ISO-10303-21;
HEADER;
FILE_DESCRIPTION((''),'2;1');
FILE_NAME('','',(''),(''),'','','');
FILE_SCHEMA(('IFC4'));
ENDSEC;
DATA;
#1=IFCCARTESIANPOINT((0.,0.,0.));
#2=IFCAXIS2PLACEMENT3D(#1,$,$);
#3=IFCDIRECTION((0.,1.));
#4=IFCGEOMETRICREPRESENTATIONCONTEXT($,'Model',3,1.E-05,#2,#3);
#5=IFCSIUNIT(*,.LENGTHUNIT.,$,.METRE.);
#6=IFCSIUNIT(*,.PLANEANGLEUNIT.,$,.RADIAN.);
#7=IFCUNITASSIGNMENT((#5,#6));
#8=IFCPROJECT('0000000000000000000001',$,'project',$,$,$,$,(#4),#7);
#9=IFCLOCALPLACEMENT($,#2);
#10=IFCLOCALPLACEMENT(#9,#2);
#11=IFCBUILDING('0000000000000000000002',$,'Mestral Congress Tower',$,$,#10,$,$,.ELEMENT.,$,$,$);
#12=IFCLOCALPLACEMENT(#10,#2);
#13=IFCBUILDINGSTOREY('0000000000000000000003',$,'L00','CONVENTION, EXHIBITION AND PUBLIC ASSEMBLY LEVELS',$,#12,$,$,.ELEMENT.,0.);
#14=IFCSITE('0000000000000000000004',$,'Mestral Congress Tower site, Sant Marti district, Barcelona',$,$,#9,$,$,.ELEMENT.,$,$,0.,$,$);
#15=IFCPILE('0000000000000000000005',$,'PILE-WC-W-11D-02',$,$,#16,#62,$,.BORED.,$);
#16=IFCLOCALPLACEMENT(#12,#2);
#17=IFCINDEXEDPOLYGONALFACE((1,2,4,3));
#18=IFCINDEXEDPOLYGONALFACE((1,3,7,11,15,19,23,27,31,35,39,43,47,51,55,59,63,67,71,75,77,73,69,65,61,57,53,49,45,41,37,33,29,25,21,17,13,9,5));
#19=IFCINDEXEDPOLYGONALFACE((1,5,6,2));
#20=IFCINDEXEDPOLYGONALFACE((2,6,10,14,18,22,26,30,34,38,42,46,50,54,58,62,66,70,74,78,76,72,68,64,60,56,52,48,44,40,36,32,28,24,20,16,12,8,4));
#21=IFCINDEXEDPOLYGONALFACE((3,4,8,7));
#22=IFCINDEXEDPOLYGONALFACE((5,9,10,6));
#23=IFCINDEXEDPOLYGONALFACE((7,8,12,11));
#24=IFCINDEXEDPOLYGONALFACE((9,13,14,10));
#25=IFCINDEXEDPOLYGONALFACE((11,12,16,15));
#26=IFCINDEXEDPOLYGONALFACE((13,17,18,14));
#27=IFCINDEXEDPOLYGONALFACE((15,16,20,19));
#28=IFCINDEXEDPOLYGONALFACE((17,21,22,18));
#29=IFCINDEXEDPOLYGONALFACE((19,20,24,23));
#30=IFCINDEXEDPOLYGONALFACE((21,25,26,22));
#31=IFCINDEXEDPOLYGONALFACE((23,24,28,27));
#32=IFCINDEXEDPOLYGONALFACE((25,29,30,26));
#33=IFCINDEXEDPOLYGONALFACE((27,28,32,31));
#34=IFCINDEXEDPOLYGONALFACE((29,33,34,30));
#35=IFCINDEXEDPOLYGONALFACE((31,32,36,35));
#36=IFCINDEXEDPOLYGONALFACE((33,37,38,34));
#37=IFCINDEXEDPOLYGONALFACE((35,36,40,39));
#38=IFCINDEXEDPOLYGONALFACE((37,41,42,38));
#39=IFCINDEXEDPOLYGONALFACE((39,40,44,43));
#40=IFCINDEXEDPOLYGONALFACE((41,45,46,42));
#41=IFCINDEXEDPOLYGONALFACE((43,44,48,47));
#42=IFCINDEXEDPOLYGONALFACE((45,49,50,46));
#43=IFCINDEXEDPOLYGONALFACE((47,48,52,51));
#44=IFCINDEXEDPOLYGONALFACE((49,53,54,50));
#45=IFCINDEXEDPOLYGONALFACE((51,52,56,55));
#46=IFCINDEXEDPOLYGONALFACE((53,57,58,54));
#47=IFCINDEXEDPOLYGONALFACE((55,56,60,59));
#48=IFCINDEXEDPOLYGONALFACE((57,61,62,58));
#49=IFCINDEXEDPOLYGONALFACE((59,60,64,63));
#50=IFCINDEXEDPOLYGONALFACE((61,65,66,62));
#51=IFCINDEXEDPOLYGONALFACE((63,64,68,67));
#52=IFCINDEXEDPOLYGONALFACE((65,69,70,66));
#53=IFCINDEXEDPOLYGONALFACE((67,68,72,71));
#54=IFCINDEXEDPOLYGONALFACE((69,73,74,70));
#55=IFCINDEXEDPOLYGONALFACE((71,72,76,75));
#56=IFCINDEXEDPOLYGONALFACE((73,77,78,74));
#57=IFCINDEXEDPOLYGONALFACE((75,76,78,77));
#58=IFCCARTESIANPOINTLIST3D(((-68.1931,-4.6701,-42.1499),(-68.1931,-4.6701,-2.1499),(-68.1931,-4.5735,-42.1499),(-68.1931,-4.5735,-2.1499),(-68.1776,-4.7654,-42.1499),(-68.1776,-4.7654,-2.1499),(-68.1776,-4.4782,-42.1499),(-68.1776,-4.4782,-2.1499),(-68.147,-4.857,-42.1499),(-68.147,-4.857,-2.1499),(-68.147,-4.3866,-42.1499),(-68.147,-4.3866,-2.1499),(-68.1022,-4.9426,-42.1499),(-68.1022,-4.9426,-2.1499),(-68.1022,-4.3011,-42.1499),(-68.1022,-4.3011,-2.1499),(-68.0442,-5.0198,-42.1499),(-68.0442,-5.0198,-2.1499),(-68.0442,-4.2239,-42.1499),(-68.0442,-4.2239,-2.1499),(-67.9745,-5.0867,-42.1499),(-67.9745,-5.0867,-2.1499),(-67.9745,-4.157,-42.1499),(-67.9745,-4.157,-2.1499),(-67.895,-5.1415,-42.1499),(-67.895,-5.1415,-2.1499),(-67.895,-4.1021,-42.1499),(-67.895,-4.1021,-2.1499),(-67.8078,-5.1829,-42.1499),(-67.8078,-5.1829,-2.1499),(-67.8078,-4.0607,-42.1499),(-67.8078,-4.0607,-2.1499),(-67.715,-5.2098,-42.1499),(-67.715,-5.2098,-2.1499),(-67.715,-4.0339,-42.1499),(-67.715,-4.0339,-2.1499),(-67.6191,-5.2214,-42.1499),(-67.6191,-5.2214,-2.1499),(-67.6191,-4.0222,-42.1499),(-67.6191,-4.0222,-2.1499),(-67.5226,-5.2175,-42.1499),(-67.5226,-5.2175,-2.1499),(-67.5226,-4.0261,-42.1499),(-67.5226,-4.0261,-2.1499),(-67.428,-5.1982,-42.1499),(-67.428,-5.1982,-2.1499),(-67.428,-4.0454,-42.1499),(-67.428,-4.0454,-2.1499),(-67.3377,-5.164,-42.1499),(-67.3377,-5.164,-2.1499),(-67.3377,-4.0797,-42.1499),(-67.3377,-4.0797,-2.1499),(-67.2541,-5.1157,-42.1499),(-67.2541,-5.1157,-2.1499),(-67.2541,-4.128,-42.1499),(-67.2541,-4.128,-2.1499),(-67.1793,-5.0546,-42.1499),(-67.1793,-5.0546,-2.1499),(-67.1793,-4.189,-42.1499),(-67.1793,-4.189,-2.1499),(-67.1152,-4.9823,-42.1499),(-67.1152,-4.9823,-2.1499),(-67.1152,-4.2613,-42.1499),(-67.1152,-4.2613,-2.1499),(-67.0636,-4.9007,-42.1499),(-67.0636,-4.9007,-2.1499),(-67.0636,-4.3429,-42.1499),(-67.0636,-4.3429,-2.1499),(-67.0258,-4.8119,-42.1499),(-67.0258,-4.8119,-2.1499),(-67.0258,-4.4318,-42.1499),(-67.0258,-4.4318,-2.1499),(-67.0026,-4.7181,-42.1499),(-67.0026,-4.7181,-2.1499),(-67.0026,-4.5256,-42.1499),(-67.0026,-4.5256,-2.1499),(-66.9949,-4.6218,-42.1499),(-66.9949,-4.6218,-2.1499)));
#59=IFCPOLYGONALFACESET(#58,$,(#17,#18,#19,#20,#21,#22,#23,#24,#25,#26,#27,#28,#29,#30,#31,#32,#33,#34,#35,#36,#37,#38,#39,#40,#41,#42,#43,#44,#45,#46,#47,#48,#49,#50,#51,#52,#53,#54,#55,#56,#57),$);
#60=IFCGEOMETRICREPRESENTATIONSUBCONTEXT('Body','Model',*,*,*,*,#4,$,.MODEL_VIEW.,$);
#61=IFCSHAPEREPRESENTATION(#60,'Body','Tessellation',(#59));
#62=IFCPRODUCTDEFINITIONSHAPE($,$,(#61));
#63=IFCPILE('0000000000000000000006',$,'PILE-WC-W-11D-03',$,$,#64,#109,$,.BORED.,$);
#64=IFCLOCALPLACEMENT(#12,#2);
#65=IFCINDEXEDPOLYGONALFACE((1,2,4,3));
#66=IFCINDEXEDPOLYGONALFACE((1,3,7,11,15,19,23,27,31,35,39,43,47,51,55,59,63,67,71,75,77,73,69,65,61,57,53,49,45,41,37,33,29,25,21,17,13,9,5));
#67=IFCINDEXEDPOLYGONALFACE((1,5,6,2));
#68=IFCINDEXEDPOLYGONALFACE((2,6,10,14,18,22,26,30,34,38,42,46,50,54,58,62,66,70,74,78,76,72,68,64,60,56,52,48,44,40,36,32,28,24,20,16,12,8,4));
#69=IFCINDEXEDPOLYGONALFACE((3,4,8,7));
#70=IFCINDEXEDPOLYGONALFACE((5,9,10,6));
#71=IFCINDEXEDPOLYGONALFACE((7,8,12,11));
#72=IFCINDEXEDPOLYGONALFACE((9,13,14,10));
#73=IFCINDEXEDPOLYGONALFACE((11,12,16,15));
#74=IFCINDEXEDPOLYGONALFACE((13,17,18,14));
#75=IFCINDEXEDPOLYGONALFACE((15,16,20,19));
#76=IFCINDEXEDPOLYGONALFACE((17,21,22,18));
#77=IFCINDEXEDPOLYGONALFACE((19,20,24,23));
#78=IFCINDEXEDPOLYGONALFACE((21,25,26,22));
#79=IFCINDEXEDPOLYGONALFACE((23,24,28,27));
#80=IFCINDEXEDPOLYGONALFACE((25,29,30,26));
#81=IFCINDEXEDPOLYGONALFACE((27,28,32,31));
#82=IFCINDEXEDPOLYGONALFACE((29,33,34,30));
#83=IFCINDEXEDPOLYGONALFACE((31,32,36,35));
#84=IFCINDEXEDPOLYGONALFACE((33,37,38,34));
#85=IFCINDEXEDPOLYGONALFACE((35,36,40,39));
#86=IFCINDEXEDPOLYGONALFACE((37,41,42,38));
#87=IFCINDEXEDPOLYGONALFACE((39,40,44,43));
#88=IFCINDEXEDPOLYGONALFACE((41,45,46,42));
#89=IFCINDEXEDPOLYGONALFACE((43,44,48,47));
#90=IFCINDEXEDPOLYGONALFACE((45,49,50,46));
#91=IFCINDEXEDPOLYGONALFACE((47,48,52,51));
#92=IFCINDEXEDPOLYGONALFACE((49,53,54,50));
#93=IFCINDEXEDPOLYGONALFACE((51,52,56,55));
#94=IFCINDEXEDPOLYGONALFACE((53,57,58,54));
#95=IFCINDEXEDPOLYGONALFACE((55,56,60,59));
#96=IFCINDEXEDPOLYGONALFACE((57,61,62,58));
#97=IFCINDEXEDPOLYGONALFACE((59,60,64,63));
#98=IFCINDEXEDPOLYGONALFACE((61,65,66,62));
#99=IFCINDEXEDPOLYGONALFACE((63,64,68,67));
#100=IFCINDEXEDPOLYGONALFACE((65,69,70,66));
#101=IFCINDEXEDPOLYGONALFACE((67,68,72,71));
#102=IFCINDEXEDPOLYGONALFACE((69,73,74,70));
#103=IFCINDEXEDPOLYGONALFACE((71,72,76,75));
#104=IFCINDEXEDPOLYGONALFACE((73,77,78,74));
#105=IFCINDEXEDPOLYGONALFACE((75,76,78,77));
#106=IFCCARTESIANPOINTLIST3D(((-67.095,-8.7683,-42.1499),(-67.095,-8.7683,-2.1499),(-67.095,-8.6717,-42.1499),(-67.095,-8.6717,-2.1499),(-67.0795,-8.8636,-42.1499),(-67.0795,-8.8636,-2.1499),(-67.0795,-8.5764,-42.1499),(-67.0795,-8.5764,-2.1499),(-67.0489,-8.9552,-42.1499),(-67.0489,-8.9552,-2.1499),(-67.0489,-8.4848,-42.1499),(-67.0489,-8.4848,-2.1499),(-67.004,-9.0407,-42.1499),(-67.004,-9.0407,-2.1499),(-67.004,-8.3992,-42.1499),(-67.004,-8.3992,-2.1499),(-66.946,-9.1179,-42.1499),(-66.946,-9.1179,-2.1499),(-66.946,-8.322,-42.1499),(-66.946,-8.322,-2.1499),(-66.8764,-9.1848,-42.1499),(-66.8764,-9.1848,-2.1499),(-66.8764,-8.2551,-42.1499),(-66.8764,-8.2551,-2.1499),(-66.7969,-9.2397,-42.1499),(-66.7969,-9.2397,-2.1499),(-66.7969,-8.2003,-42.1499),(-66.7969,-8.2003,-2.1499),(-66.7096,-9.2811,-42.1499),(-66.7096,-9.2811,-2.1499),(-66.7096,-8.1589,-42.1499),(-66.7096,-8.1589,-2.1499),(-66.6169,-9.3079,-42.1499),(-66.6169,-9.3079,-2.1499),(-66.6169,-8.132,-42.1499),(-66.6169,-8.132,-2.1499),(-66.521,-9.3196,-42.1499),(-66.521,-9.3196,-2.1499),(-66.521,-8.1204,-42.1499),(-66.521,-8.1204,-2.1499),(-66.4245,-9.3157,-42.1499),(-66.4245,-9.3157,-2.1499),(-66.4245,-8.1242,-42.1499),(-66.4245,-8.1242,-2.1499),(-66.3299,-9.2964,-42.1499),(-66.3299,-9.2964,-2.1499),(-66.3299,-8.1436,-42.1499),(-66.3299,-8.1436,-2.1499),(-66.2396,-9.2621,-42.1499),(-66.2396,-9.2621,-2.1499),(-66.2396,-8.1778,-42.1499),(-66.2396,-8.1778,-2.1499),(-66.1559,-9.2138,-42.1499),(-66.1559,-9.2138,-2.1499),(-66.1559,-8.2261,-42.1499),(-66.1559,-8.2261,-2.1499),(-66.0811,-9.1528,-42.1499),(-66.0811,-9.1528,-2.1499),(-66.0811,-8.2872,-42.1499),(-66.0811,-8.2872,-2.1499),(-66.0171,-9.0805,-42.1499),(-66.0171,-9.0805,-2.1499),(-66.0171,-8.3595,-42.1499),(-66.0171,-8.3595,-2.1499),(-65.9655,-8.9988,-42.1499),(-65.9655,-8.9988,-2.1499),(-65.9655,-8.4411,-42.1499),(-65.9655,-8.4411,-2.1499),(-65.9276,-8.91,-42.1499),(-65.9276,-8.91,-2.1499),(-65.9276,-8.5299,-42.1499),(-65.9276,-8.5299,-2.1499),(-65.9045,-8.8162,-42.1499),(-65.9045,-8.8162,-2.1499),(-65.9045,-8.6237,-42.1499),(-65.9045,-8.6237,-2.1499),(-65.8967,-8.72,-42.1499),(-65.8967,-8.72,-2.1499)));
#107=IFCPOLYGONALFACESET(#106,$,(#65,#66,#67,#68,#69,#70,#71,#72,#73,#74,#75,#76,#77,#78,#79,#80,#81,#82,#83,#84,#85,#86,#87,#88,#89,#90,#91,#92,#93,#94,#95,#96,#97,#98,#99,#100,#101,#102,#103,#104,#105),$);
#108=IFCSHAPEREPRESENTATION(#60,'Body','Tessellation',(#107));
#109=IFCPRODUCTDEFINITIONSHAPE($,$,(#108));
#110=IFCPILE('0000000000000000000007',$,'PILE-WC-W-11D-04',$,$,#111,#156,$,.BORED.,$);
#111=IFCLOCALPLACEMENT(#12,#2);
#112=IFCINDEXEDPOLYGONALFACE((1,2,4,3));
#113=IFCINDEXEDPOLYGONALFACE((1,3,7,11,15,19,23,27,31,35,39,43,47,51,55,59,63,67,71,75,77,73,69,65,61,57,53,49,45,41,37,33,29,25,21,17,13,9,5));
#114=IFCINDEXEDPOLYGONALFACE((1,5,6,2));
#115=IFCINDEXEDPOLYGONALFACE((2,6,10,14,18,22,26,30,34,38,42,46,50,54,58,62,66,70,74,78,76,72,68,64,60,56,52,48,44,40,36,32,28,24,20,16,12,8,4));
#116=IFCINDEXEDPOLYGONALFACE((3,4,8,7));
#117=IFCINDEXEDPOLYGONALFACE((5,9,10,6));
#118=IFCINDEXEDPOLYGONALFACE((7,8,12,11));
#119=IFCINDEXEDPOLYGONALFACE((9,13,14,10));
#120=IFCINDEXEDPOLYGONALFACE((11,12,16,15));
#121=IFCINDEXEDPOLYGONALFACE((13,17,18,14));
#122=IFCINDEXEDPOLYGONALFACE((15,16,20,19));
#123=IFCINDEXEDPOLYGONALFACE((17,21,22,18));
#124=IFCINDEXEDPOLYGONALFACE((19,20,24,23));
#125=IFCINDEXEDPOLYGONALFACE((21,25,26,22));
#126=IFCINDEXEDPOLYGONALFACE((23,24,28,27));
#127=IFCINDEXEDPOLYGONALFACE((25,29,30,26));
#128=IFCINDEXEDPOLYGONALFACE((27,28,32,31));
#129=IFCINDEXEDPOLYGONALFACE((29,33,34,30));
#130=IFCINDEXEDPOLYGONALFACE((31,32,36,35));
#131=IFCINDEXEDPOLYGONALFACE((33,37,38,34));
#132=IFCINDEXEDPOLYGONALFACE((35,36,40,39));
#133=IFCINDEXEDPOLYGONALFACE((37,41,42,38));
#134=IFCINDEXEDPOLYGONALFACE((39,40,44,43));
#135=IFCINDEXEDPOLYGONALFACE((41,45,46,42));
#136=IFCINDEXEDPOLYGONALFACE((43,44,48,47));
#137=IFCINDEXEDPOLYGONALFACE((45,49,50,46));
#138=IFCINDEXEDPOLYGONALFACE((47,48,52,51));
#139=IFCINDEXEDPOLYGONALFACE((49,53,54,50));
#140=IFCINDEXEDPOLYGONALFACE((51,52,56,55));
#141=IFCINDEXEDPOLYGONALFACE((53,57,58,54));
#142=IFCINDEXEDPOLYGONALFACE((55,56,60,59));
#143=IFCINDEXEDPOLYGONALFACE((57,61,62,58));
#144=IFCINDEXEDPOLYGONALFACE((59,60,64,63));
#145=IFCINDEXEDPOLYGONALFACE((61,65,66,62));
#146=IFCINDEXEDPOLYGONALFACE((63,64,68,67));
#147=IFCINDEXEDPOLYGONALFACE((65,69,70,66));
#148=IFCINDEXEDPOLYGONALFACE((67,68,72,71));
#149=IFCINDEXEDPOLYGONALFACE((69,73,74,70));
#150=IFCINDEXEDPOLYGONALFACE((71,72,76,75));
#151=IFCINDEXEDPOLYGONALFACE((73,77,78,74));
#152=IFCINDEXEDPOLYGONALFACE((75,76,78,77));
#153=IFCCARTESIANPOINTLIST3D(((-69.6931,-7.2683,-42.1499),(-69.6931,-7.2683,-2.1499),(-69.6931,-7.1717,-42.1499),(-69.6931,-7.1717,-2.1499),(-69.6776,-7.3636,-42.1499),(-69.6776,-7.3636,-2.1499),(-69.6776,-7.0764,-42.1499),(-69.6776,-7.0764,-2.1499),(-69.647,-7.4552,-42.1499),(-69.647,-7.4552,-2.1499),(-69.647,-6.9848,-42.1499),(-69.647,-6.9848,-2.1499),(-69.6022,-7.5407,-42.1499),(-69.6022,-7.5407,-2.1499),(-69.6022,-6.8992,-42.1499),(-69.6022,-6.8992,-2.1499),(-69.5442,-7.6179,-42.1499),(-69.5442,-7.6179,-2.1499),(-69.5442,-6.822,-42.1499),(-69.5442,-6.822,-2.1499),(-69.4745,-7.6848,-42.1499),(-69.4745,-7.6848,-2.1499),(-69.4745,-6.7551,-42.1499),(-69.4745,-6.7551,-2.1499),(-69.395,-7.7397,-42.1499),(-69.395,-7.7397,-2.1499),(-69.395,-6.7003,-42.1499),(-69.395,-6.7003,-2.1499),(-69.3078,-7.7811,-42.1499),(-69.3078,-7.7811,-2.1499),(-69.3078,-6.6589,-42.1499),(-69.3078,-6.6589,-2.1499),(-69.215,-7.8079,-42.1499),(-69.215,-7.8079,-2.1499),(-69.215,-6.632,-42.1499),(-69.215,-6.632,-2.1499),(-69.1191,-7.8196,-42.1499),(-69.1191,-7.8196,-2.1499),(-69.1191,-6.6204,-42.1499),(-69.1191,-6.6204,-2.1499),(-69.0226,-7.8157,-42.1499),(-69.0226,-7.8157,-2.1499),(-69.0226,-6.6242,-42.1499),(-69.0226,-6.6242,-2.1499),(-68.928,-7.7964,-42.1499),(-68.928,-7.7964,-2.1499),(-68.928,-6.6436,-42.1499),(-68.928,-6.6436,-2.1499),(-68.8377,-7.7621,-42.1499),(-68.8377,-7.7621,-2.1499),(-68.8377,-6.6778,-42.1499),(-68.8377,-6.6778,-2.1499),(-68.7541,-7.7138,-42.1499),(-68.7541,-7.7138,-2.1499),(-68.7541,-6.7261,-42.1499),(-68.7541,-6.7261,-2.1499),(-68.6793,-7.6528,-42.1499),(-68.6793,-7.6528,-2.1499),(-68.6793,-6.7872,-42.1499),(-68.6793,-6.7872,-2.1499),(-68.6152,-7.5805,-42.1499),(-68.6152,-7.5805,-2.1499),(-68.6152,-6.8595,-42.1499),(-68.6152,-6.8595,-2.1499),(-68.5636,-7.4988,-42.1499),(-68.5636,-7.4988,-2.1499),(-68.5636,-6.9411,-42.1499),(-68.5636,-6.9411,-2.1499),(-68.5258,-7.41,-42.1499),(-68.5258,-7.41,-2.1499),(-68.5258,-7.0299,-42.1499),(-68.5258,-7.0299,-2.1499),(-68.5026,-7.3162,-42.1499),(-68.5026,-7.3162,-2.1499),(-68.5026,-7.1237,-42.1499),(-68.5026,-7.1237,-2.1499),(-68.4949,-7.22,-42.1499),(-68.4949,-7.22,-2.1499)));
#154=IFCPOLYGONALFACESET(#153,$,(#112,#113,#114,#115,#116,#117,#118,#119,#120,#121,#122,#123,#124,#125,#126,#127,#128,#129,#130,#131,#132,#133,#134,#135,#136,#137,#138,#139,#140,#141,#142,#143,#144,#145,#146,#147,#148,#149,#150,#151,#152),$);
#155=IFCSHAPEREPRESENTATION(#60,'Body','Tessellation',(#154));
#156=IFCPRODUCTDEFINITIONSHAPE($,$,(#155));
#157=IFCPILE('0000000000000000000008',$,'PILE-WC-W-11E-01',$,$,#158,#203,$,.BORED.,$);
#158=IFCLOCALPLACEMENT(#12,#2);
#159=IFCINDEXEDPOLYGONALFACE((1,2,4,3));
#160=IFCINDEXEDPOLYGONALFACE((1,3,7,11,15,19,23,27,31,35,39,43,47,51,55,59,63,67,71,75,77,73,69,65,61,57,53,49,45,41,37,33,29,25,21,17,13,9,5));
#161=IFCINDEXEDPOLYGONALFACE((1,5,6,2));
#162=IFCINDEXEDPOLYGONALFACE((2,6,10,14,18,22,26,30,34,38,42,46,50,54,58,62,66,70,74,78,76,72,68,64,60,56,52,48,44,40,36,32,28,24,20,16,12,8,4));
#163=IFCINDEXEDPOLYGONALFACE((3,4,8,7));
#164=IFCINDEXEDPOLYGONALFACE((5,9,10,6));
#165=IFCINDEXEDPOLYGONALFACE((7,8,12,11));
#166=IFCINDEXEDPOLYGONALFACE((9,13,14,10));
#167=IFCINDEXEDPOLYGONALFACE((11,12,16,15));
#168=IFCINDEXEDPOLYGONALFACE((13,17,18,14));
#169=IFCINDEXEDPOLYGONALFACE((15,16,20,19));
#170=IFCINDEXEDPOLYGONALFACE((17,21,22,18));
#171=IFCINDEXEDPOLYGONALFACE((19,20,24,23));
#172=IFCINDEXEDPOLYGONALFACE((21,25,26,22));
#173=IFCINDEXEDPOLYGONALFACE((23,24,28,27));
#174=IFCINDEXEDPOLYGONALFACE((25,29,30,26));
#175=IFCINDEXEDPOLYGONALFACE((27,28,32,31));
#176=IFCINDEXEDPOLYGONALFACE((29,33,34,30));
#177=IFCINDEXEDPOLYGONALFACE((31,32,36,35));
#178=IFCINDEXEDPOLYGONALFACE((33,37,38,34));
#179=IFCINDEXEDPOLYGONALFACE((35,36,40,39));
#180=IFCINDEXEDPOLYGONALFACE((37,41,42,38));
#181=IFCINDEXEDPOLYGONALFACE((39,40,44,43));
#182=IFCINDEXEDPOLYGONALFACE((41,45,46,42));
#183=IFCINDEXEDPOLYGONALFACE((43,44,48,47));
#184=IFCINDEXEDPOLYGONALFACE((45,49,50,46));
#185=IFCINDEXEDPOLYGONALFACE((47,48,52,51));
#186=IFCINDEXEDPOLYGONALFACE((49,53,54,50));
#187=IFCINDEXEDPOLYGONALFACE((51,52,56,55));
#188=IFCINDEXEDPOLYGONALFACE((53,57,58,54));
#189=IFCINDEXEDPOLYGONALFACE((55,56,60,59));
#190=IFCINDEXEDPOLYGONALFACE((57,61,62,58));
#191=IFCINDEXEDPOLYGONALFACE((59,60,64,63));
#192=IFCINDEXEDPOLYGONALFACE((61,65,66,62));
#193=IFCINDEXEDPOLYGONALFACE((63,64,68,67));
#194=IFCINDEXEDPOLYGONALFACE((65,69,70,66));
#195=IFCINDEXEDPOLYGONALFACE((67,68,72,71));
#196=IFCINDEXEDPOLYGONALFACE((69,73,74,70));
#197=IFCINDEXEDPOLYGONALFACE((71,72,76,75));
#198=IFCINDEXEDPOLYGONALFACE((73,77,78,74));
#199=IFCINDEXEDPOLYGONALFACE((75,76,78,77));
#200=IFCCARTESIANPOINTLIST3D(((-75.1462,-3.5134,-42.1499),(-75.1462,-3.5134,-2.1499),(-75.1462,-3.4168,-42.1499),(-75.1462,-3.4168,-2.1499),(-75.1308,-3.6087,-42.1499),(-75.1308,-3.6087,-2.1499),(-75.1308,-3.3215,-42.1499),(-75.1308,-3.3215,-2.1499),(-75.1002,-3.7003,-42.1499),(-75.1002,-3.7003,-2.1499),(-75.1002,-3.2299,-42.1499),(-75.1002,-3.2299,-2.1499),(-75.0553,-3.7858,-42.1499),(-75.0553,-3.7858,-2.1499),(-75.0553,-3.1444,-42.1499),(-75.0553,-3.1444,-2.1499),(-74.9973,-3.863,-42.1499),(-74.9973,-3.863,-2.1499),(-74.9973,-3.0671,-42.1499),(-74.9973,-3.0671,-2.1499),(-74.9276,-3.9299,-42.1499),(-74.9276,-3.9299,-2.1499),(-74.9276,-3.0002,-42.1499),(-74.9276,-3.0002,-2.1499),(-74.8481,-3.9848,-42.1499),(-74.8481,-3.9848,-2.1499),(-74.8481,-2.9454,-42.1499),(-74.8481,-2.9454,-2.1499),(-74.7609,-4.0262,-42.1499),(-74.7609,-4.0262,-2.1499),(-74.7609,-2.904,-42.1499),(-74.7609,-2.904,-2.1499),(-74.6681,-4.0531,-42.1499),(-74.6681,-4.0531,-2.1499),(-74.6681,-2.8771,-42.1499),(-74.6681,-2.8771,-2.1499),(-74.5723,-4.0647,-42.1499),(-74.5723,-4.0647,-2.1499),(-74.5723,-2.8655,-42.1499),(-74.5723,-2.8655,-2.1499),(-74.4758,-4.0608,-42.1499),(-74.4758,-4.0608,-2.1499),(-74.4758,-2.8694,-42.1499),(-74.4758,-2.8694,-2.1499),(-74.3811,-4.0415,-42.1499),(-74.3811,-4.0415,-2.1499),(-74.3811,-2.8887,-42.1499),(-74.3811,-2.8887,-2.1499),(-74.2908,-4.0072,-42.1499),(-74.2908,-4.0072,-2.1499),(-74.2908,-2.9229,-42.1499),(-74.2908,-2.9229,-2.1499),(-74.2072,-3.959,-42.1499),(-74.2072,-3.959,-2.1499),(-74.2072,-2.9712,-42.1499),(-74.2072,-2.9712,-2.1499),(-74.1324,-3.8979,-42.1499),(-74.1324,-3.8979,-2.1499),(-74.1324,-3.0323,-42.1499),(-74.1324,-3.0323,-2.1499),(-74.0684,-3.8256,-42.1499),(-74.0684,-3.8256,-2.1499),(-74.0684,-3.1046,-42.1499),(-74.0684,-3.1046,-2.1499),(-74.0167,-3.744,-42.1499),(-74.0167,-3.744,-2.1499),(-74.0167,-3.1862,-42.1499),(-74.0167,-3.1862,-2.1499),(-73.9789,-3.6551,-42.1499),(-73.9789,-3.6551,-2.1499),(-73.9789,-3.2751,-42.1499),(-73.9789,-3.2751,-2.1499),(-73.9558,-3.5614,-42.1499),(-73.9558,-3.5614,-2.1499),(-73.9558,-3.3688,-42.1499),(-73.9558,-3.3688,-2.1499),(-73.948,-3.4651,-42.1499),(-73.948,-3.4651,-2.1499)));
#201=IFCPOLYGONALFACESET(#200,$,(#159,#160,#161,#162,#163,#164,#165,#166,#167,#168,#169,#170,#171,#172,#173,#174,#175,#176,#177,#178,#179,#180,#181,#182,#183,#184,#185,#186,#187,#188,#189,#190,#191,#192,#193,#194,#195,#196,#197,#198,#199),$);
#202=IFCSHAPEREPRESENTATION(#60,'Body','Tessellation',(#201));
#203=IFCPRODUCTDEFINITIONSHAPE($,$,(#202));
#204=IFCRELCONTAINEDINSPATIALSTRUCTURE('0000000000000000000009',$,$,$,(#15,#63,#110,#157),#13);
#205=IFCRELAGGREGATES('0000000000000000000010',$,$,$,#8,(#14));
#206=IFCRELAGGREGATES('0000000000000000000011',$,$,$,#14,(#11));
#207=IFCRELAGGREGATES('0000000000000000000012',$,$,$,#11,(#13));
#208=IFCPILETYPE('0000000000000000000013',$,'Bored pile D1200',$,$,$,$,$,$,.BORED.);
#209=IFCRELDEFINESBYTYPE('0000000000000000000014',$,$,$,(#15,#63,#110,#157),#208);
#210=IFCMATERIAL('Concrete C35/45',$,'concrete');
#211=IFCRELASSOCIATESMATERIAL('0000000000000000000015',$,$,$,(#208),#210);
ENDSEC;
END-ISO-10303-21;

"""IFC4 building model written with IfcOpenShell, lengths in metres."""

from ifc_helpers import new_model, si_unit, direction, frame, origin, origin_2d, place, context, subcontext, project, spatial, circle, extrude, material, material_profile, profile_set, type_object, element, save


model = new_model("IFC4")

# Units and contexts
model_context = context("Model", 3, precision=1e-05, world=origin(), true_north=direction((0.0, 1.0)))
body_context = subcontext(model_context, "Body", "Model", "MODEL_VIEW")
ifc_project = project(units=[si_unit("LENGTHUNIT", "METRE"), si_unit("PLANEANGLEUNIT", "RADIAN")], contexts=[model_context])

# Site, building, storey
site_placement = place(None, origin())
site = spatial("IfcSite", under=ifc_project, at=site_placement, Name="Mestral Congress Tower site, Sant Marti district, Barcelona", CompositionType="ELEMENT", RefElevation=0.0)
building_placement = place(site_placement, origin())
building = spatial("IfcBuilding", under=site, at=building_placement, Name="Mestral Congress Tower", CompositionType="ELEMENT")
storey_placement = place(building_placement, origin())
storey = spatial("IfcBuildingStorey", under=building, at=storey_placement, Name="L00", Description="CONVENTION, EXHIBITION AND PUBLIC ASSEMBLY LEVELS", CompositionType="ELEMENT", Elevation=0.0)

# Piles
ifc_material_1 = material(Name="Concrete C35/45", Category="concrete")
ifc_material_profile_1 = material_profile(ifc_material_1, circle(Radius=0.6001, at=origin_2d()), Name="D1200")
ifc_profile_set_1 = profile_set([ifc_material_profile_1], Name="Concrete C35/45")
pile_type = type_object("IfcPileType", Name="Bored pile D1200", PredefinedType="BORED", material=ifc_profile_set_1)
for number, where, z_axis, x_axis, name in (
    (1, (-67.595, -4.6218, -2.1499), (0.0, 0.0, -1.0), (1.0, 0.0, 0.0), "PILE-WC-W-11D-02"),
    (2, (-66.4968, -8.72, -2.1499), (0.0, 0.0, -1.0), (1.0, 0.0, 0.0), "PILE-WC-W-11D-03"),
    (3, (-69.095, -7.22, -2.1499), (0.0, 0.0, -1.0), (1.0, 0.0, 0.0), "PILE-WC-W-11D-04"),
    (4, (-74.5481, -3.4651, -2.1499), (0.0, 0.0, -1.0), (1.0, 0.0, 0.0), "PILE-WC-W-11E-01"),
):
    element("IfcPile", number, at=place(storey_placement, frame(where, z_axis=z_axis, x_axis=x_axis)), inside=storey, type_object=pile_type, Name=name, PredefinedType="BORED", context=body_context, shape_type="SweptSolid", body=[
        extrude(circle(Radius=0.6001, at=origin_2d()), origin(), (0.0, 0.0, 1.0), 40.0),
    ])

save(model, "model.ifc")
